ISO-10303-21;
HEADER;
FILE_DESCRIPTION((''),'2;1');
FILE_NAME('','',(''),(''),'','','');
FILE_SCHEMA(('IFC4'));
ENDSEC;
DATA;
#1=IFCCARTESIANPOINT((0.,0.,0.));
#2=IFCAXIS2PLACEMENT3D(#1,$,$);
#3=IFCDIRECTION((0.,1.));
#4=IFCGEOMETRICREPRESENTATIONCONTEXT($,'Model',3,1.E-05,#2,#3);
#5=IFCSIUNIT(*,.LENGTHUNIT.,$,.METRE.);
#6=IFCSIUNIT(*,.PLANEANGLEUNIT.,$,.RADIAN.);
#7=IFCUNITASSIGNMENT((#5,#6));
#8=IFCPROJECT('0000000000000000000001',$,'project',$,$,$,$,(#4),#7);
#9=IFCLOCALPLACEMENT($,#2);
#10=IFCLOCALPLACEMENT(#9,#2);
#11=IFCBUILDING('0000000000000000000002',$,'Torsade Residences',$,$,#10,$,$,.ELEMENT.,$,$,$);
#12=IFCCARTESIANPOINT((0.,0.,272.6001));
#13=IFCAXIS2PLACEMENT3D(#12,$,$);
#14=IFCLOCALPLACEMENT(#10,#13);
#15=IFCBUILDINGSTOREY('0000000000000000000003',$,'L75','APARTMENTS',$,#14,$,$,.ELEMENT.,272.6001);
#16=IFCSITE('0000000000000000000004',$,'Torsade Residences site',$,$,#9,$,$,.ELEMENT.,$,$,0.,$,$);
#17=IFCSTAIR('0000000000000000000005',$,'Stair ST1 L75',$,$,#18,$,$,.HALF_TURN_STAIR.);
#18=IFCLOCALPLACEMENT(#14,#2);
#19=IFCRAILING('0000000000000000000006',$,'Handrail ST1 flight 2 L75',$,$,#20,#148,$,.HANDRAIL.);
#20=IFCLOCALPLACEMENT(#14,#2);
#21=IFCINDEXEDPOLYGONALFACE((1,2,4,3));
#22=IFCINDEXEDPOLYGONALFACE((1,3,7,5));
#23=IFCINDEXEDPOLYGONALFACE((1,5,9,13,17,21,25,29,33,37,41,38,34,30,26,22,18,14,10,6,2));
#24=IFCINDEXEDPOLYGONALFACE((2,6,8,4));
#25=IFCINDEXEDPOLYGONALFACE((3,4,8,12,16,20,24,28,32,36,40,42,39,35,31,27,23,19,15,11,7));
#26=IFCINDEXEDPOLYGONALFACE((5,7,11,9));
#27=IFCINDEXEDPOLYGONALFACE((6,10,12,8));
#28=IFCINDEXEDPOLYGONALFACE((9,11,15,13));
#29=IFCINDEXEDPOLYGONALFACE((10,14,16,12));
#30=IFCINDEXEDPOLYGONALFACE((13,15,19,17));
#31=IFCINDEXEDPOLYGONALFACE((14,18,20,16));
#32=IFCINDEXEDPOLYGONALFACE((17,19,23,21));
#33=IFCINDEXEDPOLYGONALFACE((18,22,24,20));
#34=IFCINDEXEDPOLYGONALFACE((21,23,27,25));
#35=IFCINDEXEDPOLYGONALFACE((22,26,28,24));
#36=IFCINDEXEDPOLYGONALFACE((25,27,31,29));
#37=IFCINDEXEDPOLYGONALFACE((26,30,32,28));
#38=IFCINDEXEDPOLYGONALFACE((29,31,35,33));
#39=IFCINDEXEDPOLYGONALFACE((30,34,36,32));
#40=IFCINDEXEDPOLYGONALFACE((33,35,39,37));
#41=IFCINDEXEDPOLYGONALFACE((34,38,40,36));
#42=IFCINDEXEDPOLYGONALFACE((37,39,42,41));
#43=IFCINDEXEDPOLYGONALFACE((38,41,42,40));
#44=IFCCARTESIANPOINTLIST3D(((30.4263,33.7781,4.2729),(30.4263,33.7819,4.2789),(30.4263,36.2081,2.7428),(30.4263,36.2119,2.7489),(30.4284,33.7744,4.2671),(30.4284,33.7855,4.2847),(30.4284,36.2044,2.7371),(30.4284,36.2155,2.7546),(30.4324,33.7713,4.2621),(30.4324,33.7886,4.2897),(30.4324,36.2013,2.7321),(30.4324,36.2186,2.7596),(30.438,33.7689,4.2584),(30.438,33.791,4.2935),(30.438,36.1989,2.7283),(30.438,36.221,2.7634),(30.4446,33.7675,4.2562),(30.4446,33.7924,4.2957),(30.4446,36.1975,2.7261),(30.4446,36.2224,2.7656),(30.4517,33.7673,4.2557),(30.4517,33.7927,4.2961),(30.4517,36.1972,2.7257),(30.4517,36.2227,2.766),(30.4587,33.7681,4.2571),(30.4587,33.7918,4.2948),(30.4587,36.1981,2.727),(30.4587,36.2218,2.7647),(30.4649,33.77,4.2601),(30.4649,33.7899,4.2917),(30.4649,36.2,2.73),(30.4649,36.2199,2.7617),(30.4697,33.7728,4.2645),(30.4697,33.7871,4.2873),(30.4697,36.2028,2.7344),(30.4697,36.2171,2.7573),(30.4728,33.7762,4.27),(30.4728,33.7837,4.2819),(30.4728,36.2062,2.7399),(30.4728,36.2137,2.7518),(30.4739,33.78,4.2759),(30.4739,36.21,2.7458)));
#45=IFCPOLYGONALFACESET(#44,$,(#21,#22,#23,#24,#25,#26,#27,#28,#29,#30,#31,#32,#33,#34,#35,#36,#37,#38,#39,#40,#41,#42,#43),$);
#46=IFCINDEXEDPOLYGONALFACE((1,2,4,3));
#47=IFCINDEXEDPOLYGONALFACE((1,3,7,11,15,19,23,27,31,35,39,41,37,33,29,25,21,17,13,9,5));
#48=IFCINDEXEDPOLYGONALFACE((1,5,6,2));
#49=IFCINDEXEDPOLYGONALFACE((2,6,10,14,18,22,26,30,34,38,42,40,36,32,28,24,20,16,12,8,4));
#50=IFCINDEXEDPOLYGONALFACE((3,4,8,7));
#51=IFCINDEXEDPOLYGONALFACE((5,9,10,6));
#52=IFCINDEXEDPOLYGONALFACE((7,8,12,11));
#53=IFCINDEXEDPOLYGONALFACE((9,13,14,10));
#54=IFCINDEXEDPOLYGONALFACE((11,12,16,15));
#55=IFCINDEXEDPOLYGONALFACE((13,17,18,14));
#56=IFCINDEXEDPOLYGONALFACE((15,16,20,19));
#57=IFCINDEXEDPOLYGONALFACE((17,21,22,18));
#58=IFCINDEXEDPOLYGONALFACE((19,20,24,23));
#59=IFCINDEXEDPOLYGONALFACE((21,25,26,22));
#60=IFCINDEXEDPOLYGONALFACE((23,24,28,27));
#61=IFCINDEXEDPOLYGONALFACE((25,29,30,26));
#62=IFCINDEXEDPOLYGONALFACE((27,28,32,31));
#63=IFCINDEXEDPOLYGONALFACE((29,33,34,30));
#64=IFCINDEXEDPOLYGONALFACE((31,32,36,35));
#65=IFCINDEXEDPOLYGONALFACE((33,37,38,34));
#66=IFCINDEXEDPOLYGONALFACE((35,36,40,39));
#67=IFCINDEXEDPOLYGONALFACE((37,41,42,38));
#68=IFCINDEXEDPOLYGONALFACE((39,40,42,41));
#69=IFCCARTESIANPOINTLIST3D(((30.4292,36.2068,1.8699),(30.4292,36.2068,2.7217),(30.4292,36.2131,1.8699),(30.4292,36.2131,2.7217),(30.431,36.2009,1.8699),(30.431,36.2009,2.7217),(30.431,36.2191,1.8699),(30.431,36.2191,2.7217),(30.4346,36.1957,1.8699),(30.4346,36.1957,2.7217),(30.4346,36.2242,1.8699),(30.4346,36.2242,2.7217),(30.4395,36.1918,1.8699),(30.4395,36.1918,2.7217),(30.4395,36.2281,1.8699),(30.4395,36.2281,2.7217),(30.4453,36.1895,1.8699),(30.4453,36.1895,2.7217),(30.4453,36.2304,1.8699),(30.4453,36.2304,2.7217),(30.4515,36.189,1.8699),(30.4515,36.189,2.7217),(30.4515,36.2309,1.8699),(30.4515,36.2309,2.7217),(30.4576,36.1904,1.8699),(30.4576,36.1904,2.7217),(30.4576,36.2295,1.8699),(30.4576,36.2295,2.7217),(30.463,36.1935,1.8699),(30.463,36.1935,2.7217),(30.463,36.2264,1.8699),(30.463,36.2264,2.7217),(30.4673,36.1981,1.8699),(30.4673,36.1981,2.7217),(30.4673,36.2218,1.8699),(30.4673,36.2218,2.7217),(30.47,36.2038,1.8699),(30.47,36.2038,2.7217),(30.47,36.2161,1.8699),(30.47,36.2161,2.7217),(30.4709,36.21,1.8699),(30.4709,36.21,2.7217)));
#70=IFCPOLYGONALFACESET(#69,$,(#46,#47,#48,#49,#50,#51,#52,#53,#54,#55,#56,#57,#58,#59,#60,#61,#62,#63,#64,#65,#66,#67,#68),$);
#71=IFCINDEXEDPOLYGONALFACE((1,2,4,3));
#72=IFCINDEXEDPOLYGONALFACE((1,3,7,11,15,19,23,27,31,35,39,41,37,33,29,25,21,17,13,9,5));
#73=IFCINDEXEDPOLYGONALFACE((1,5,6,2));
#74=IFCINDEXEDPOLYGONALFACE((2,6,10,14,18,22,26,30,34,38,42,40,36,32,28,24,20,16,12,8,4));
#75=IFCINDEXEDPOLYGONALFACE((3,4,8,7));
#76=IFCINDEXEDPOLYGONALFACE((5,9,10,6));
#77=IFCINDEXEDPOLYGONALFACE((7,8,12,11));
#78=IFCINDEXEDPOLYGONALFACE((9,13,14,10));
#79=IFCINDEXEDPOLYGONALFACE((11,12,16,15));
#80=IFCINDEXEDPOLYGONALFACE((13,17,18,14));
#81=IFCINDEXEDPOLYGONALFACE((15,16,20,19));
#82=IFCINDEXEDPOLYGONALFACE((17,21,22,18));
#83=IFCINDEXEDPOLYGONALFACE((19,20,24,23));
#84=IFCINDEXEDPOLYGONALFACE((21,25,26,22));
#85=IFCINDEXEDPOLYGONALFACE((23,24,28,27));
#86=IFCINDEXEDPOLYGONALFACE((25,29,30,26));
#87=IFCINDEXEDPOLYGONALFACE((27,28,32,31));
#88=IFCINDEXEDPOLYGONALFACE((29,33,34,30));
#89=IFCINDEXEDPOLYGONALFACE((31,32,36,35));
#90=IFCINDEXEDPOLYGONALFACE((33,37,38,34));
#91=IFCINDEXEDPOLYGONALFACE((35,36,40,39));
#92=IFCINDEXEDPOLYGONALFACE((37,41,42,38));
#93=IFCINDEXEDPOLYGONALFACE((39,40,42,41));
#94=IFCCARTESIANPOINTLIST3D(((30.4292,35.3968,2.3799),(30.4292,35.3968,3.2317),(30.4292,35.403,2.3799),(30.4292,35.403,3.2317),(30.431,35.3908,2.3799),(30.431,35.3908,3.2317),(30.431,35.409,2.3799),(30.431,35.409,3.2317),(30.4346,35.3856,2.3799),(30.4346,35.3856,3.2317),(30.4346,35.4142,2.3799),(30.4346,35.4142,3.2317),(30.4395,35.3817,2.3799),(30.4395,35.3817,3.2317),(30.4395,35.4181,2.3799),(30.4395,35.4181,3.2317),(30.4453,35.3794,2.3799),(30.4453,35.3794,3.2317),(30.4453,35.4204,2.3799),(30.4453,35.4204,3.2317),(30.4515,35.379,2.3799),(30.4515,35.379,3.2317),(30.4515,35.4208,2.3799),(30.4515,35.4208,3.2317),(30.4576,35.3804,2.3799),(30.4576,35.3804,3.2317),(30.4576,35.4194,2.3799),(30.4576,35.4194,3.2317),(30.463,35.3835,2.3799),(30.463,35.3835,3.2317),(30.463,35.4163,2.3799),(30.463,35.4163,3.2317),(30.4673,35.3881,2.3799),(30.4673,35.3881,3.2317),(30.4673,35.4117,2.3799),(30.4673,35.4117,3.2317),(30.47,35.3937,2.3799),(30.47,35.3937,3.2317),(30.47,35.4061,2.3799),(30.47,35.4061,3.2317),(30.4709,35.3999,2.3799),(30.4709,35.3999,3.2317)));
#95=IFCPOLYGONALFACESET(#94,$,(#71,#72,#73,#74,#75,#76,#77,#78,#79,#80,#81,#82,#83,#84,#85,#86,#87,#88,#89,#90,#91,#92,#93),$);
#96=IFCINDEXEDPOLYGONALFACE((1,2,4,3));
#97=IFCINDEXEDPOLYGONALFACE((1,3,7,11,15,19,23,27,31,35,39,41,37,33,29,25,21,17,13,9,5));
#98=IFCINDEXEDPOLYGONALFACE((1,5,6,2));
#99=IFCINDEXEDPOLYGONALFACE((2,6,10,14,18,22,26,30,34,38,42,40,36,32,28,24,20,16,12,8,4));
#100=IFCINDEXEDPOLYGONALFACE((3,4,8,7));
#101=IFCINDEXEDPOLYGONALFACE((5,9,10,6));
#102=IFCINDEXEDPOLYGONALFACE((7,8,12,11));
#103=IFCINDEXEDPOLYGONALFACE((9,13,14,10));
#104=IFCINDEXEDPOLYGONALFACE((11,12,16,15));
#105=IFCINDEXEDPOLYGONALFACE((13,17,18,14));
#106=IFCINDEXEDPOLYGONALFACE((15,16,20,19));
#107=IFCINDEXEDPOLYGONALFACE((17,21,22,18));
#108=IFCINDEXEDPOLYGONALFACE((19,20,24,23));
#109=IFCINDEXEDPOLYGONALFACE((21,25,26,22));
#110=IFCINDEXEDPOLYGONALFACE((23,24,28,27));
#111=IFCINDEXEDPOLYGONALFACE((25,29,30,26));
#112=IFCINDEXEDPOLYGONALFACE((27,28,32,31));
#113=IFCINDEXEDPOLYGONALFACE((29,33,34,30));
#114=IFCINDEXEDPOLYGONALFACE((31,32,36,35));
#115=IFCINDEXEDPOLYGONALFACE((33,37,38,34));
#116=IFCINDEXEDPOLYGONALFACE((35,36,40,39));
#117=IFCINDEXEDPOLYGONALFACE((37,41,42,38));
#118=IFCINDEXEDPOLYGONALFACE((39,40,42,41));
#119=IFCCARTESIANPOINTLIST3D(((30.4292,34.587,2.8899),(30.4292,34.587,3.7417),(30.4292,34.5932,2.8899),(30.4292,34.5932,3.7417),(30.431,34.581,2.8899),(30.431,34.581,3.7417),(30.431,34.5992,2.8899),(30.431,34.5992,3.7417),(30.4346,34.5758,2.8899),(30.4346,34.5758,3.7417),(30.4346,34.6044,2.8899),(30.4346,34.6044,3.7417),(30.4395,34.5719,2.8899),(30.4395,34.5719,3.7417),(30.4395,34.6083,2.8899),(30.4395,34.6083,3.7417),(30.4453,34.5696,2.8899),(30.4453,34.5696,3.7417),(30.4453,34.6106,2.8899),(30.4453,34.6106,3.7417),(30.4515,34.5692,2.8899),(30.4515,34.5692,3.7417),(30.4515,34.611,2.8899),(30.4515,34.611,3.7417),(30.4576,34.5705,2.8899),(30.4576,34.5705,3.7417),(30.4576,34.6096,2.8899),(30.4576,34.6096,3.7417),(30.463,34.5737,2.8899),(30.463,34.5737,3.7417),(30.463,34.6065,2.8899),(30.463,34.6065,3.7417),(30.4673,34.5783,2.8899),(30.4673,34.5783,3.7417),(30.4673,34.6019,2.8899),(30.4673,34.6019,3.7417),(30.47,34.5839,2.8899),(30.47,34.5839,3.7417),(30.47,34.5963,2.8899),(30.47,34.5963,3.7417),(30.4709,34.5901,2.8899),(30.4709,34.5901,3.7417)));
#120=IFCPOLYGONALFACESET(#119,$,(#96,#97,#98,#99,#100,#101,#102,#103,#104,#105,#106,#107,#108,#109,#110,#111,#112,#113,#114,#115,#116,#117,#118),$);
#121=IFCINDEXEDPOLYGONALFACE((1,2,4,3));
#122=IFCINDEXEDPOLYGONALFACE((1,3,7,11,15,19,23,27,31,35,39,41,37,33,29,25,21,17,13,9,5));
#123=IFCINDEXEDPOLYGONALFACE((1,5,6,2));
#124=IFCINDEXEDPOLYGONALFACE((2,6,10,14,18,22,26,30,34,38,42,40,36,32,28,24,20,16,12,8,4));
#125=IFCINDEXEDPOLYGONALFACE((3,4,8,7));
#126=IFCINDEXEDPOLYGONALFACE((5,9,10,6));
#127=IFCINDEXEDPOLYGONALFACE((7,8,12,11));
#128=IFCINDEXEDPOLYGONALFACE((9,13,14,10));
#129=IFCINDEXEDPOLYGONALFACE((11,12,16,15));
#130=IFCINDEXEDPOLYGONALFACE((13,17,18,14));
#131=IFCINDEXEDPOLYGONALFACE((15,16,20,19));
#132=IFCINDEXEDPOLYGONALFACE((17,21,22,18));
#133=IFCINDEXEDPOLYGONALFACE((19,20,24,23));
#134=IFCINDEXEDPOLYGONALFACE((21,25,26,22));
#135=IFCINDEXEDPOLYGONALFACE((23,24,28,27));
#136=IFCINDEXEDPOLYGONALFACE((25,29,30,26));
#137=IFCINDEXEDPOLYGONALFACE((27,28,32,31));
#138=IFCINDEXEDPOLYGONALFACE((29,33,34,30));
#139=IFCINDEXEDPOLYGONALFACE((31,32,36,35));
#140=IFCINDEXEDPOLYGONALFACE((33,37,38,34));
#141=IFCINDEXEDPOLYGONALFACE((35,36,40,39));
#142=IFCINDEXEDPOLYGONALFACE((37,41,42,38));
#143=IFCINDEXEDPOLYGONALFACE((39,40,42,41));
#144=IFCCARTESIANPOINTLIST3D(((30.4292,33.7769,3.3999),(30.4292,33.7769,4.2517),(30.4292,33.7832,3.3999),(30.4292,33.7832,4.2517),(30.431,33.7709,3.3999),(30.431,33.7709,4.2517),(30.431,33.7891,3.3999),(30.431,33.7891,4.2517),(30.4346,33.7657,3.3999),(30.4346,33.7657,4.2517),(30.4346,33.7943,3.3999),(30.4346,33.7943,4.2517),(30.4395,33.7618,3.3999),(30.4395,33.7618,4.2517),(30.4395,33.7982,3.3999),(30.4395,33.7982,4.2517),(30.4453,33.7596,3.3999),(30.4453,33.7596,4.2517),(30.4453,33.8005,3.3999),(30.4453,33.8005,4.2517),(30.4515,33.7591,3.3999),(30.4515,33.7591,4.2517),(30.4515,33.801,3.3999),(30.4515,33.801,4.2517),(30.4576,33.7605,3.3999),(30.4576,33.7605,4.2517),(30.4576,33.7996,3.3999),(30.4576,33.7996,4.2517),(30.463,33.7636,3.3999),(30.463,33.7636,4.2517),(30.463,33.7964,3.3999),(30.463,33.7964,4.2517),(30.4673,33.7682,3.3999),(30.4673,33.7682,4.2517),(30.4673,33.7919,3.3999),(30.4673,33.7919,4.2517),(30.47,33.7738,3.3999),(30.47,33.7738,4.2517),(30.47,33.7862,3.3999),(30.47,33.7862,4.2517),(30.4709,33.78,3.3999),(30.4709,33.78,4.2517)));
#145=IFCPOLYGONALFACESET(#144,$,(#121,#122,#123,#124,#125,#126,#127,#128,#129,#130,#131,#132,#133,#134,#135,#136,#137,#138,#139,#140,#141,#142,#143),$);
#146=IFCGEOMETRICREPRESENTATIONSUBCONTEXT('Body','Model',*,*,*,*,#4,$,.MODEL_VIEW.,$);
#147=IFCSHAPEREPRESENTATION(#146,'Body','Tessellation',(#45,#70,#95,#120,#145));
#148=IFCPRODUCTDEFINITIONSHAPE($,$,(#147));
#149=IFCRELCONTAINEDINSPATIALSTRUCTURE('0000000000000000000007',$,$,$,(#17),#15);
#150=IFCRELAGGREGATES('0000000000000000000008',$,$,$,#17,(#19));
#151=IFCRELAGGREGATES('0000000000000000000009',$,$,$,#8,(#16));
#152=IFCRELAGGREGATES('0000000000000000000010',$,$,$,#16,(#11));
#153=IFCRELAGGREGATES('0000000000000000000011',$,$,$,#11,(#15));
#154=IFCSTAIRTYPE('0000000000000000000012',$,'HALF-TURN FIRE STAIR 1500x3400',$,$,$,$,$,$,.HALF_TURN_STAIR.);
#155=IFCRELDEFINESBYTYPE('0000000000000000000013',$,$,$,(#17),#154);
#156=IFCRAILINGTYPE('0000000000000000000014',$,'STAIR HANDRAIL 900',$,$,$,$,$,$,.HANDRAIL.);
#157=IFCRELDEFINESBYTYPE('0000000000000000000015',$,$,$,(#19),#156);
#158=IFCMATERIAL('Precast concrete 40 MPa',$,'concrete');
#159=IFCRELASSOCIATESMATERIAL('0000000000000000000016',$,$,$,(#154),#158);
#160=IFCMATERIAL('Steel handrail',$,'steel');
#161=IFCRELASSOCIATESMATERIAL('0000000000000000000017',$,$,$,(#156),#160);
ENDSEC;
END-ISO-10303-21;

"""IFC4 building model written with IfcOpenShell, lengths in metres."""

from ifc_helpers import new_model, si_unit, direction, frame, origin, origin_2d, place, context, subcontext, project, spatial, circle, extrude, material, type_object, element, aggregate, save


model = new_model("IFC4")

# Units and contexts
model_context = context("Model", 3, precision=1e-05, world=origin(), true_north=direction((0.0, 1.0)))
body_context = subcontext(model_context, "Body", "Model", "MODEL_VIEW")
ifc_project = project(units=[si_unit("LENGTHUNIT", "METRE"), si_unit("PLANEANGLEUNIT", "RADIAN")], contexts=[model_context])

# Site, building, storey
site_placement = place(None, origin())
site = spatial("IfcSite", under=ifc_project, at=site_placement, Name="Torsade Residences site", CompositionType="ELEMENT", RefElevation=0.0)
building_placement = place(site_placement, origin())
building = spatial("IfcBuilding", under=site, at=building_placement, Name="Torsade Residences", CompositionType="ELEMENT")
storey_placement = place(building_placement, frame((0.0, 0.0, 272.6001)))
storey = spatial("IfcBuildingStorey", under=building, at=storey_placement, Name="L75", Description="APARTMENTS", CompositionType="ELEMENT", Elevation=272.6001)

# Stair, railing
ifc_material_1 = material(Name="Precast concrete 40 MPa", Category="concrete")
stair_type = type_object("IfcStairType", Name="HALF-TURN FIRE STAIR 1500x3400", PredefinedType="HALF_TURN_STAIR", material=ifc_material_1)
stair_placement = place(storey_placement, origin())
stair = element("IfcStair", 1, at=stair_placement, inside=storey, type_object=stair_type, Name="Stair ST1 L75", PredefinedType="HALF_TURN_STAIR")
ifc_material_2 = material(Name="Steel handrail", Category="steel")
railing_type = type_object("IfcRailingType", Name="STAIR HANDRAIL 900", PredefinedType="HANDRAIL", material=ifc_material_2)
railing_1_placement = place(storey_placement, frame((30.45, 36.21, 1.8699)))
railing_1 = element("IfcRailing", 2, at=railing_1_placement, type_object=railing_type, Name="Handrail ST1 flight 2 L75", PredefinedType="HANDRAIL", context=body_context, shape_type="SweptSolid", body=[
    extrude(circle(Radius=0.0239, at=origin_2d()), frame((0.0, 0.0, 0.876), z_axis=(0.0, -0.846221, 0.532831), x_axis=(1.0, 0.0, 0.0)), (0.0, 0.0, 1.0), 2.8716),
    extrude(circle(Radius=0.021, at=origin_2d()), origin(), (0.0, 0.0, 1.0), 0.8518),
    extrude(circle(Radius=0.021, at=origin_2d()), frame((0.0, -0.8101, 0.51)), (0.0, 0.0, 1.0), 0.8518),
    extrude(circle(Radius=0.021, at=origin_2d()), frame((0.0, -1.6199, 1.02)), (0.0, 0.0, 1.0), 0.8518),
    extrude(circle(Radius=0.021, at=origin_2d()), frame((0.0, -2.4299, 1.53)), (0.0, 0.0, 1.0), 0.8518),
])
aggregate(stair, [railing_1])

save(model, "model.ifc")
